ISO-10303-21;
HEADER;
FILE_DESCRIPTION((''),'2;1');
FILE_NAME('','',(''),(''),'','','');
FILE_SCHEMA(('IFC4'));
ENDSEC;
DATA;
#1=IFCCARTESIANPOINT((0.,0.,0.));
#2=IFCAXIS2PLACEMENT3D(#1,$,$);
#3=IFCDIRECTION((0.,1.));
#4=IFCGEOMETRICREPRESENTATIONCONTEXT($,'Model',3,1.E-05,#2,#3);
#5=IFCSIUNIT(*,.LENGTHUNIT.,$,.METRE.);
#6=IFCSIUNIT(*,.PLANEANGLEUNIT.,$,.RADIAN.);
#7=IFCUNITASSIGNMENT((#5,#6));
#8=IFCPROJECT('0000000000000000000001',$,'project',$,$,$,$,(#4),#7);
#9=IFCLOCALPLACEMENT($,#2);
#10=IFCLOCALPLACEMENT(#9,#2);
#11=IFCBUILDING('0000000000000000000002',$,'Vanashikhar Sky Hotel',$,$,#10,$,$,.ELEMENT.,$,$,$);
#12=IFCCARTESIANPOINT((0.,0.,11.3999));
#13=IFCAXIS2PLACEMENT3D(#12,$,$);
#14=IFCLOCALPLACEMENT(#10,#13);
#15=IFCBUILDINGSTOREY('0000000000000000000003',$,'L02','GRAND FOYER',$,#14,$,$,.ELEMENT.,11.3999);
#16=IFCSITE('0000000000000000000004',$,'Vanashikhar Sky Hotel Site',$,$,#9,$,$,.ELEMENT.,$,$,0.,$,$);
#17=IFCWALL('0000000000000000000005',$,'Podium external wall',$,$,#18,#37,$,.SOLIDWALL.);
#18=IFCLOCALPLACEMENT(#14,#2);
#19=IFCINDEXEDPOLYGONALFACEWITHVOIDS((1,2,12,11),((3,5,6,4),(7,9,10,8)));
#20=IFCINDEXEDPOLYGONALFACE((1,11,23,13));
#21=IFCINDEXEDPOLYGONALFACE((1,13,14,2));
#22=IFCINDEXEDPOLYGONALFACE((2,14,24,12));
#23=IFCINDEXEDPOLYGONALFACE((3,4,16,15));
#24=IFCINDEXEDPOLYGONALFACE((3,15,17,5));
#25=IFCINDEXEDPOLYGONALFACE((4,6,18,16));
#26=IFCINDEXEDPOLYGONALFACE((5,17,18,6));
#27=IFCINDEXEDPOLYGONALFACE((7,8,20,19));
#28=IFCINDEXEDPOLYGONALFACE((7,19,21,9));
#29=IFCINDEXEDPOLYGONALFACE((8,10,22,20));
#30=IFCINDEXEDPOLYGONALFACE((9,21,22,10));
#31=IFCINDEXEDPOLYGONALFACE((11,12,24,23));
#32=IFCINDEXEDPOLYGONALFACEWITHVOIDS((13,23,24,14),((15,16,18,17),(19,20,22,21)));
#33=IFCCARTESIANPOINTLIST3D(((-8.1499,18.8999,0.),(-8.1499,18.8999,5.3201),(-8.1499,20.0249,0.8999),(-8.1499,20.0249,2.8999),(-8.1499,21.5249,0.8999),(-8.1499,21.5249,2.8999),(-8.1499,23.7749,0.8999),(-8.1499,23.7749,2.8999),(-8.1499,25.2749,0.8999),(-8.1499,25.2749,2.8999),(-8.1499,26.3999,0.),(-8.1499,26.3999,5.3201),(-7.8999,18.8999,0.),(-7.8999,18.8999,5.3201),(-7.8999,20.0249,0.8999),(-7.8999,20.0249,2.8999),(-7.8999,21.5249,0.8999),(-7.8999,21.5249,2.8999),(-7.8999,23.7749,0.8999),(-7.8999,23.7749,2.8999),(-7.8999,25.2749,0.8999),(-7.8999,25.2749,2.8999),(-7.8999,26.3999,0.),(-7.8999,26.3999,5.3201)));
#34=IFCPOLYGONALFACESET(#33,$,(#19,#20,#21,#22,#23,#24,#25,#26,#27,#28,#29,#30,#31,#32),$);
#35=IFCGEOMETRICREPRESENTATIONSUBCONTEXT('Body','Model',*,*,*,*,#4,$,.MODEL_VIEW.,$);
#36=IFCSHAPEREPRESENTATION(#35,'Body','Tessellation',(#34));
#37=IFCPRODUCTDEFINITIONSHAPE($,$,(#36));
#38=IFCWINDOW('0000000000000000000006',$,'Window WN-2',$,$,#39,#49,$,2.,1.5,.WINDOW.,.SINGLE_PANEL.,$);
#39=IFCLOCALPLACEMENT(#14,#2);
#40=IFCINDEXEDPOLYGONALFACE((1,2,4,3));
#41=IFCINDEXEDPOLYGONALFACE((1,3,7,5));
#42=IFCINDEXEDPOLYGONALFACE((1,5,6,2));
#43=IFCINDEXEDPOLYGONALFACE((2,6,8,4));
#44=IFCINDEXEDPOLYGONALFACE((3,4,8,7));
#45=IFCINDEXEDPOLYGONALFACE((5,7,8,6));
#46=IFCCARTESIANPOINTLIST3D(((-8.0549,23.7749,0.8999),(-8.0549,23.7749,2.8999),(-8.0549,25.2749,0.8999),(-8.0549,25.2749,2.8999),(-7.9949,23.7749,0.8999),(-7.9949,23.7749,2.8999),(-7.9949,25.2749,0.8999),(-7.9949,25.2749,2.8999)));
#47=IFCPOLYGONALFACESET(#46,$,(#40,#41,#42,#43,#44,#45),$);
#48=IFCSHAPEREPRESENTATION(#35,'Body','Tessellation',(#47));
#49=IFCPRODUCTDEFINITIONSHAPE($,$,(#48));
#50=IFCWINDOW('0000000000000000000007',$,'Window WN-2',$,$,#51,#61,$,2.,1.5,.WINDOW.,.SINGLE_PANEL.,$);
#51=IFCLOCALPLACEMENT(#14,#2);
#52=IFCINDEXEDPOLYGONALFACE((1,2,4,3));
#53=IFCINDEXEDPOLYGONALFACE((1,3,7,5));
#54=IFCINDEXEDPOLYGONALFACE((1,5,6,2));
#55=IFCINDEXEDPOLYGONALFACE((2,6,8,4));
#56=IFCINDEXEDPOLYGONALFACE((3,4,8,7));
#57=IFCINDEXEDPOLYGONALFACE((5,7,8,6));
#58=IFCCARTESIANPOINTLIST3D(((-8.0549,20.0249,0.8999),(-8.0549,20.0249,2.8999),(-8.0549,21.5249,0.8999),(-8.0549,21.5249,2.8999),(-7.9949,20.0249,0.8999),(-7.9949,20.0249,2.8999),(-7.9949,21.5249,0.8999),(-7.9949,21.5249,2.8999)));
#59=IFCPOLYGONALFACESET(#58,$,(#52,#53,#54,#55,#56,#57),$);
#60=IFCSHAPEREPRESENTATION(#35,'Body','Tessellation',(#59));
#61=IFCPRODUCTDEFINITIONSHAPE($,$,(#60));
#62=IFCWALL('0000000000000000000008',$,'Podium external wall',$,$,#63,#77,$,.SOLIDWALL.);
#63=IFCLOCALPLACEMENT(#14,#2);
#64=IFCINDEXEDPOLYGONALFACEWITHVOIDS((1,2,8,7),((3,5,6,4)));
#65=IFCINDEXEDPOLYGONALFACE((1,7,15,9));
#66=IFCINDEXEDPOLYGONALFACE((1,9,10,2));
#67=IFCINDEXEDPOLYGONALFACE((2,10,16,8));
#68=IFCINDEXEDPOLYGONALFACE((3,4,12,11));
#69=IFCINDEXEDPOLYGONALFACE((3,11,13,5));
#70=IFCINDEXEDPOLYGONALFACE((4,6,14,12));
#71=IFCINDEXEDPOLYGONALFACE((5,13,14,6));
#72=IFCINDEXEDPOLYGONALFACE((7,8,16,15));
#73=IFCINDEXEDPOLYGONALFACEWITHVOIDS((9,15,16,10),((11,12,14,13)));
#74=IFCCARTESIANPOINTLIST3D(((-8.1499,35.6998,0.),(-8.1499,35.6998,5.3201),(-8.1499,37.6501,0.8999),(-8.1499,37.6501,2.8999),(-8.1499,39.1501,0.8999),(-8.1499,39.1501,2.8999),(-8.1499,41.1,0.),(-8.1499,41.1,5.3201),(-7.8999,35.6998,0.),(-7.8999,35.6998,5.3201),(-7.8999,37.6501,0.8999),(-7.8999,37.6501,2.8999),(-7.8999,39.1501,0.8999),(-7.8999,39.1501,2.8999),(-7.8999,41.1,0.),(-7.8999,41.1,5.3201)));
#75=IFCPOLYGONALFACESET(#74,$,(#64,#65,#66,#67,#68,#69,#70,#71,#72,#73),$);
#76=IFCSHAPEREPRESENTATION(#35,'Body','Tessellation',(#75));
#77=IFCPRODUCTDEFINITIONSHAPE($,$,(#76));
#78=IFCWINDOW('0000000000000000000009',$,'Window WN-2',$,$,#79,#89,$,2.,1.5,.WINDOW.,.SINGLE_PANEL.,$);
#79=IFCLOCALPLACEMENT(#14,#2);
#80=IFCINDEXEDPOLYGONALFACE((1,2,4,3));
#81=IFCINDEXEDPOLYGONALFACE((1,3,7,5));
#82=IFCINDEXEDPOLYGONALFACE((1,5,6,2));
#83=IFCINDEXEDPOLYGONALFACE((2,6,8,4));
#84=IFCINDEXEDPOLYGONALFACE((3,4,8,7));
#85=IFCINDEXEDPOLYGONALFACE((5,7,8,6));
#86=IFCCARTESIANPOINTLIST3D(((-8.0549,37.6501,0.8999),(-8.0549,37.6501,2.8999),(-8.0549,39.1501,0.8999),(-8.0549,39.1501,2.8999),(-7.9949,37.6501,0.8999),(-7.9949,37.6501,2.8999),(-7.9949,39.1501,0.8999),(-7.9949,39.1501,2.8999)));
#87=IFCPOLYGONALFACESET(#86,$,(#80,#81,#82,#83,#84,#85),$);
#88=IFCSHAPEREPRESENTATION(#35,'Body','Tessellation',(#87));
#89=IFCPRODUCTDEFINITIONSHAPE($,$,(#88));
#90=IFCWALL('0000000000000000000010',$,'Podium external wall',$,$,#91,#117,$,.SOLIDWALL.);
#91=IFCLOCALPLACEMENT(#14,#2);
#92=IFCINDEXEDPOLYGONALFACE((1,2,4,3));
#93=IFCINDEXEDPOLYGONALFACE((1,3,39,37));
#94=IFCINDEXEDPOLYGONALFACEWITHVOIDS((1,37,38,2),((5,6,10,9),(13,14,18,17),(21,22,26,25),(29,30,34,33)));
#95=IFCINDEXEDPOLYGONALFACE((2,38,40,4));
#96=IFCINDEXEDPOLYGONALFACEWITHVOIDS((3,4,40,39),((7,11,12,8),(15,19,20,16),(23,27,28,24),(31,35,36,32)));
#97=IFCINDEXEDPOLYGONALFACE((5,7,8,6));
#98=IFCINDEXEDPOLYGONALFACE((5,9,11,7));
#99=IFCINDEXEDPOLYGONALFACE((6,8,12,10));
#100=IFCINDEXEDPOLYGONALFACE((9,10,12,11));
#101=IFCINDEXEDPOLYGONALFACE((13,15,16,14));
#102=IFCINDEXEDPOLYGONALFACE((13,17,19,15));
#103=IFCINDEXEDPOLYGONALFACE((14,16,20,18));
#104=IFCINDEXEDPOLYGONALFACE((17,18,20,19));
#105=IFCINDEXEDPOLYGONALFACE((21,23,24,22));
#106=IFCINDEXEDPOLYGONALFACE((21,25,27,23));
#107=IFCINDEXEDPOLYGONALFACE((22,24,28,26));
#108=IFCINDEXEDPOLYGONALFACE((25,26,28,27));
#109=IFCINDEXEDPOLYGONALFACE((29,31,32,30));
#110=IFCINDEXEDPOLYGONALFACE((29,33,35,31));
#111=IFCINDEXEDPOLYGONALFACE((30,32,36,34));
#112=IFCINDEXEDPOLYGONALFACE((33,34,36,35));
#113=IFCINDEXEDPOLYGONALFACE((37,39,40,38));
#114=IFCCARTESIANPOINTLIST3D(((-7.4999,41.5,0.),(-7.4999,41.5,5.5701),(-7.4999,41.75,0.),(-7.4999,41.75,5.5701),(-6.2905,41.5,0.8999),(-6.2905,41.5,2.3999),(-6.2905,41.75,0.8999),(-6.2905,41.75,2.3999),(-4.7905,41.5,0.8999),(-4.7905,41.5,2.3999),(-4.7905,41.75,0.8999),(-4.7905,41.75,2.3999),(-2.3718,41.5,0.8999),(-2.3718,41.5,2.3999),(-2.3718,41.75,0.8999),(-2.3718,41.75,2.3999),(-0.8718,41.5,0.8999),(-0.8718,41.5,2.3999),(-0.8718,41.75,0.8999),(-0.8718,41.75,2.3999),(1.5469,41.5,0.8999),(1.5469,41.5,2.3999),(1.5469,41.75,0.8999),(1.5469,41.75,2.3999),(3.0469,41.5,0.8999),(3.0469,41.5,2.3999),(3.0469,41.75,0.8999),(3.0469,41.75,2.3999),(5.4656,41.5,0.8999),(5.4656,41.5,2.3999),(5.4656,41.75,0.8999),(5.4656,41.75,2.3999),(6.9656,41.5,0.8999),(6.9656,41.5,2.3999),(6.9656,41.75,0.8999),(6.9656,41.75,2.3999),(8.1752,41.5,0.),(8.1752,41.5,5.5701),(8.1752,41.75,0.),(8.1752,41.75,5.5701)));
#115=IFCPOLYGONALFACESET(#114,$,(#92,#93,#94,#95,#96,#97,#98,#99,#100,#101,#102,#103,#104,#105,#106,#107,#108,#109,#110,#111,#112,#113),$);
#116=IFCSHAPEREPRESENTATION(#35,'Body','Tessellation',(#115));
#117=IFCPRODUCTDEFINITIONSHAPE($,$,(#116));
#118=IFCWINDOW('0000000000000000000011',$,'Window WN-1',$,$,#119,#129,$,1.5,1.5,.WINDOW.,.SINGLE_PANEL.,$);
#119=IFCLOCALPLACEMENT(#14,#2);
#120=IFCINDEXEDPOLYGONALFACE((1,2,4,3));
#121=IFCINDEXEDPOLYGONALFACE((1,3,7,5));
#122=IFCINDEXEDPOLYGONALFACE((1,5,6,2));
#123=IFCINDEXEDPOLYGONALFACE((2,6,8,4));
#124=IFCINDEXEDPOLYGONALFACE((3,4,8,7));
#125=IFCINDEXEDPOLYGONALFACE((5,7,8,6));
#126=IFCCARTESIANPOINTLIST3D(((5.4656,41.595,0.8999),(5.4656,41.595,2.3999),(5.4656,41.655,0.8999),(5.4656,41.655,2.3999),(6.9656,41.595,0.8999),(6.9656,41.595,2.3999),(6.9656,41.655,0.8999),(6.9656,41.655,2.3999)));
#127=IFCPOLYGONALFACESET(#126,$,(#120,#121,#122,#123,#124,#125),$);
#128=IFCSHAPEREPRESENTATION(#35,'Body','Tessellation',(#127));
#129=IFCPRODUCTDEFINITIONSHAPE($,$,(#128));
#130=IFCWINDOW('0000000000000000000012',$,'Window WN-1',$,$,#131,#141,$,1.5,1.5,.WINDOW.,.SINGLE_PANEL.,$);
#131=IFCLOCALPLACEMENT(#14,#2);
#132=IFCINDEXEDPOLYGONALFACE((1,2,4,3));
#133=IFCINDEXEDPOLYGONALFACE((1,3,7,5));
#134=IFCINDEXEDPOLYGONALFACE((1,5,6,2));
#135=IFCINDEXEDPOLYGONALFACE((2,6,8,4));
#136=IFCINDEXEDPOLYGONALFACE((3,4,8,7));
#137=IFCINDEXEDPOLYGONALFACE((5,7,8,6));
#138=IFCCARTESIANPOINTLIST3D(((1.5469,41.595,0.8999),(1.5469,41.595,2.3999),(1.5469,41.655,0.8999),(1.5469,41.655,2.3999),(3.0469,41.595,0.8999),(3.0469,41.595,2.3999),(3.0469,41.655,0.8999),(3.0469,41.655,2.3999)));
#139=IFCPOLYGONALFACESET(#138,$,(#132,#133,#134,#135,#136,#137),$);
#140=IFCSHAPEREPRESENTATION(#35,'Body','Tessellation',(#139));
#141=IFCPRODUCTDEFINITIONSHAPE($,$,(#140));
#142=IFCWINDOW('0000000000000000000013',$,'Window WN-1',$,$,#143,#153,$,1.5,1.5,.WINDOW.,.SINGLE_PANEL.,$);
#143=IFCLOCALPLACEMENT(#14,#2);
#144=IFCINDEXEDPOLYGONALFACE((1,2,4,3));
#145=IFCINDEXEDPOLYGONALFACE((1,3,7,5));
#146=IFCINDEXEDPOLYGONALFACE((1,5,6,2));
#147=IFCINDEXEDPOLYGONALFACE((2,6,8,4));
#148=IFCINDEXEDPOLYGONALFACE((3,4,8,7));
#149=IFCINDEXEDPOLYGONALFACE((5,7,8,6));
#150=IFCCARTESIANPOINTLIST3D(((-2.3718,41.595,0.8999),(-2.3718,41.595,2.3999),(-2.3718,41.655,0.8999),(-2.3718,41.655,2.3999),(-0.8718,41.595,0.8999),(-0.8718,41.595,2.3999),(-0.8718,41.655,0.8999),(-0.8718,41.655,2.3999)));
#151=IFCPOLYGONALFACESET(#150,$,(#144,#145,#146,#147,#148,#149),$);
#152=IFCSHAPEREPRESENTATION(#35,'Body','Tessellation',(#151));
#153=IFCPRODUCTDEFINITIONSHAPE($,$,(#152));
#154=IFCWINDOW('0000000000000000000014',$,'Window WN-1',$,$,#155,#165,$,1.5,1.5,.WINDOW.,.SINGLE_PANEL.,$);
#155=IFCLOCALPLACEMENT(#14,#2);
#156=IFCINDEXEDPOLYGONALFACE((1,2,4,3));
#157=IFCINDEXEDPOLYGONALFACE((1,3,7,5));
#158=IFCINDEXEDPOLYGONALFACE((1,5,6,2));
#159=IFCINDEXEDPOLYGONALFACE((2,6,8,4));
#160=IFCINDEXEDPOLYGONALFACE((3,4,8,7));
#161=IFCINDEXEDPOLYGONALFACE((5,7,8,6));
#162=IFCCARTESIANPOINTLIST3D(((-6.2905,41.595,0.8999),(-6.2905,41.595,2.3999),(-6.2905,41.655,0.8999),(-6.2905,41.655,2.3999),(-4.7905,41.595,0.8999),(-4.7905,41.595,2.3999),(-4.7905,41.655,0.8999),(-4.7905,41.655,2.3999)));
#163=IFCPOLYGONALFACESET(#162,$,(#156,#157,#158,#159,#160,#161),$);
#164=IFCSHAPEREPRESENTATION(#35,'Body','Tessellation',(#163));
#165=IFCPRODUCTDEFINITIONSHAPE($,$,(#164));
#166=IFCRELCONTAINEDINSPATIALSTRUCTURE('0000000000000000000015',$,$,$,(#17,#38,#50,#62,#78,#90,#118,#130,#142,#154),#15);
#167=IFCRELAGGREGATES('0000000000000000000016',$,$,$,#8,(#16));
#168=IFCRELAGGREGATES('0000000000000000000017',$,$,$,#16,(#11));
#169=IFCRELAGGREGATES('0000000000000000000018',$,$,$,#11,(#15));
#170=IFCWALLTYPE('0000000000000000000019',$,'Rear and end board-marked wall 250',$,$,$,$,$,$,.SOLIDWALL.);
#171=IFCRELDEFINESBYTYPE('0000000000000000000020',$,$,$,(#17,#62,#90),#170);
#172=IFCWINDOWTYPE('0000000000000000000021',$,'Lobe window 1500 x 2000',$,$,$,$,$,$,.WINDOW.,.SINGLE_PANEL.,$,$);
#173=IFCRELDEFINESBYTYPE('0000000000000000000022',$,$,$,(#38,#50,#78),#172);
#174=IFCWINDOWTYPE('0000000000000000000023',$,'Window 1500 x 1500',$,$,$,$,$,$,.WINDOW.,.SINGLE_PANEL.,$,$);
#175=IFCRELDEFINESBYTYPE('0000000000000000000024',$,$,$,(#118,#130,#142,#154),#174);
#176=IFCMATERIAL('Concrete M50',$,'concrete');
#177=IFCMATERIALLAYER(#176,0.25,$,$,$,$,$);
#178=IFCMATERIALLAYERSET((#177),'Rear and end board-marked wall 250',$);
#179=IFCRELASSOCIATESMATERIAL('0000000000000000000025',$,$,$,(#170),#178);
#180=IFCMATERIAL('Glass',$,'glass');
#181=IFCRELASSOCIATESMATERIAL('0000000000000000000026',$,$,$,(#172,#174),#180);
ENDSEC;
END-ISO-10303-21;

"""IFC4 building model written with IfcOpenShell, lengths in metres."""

from ifc_helpers import new_model, si_unit, direction, frame, frame_2d, origin, place, context, subcontext, project, spatial, rectangle, extrude, source, transform, mapped, material, layer, layer_set, type_object, element, fill, save


model = new_model("IFC4")

# Units and contexts
model_context = context("Model", 3, precision=1e-05, world=origin(), true_north=direction((0.0, 1.0)))
body_context = subcontext(model_context, "Body", "Model", "MODEL_VIEW")
ifc_project = project(units=[si_unit("LENGTHUNIT", "METRE"), si_unit("PLANEANGLEUNIT", "RADIAN")], contexts=[model_context])

# Site, building, storey
site_placement = place(None, origin())
site = spatial("IfcSite", under=ifc_project, at=site_placement, Name="Vanashikhar Sky Hotel Site", CompositionType="ELEMENT", RefElevation=0.0)
building_placement = place(site_placement, origin())
building = spatial("IfcBuilding", under=site, at=building_placement, Name="Vanashikhar Sky Hotel", CompositionType="ELEMENT")
storey_placement = place(building_placement, frame((0.0, 0.0, 11.3999)))
storey = spatial("IfcBuildingStorey", under=building, at=storey_placement, Name="L02", Description="GRAND FOYER", CompositionType="ELEMENT", Elevation=11.3999)

# Shared definitions
ifc_material_1 = material(Name="Concrete M50", Category="concrete")

# Wall, openings, windows
ifc_layer_1 = layer(ifc_material_1, 0.25)
ifc_layer_set_1 = layer_set([ifc_layer_1], Name="Rear and end board-marked wall 250")
wall_type_1 = type_object("IfcWallType", Name="Rear and end board-marked wall 250", PredefinedType="SOLIDWALL", material=ifc_layer_set_1)
shared_shape_1 = source(origin(), body_context, "Body", "SweptSolid", [
    extrude(rectangle(XDim=7.5, YDim=0.25, at=frame_2d((3.75, 0.0))), origin(), (0.0, 0.0, 1.0), 5.3201),
])
shared_shape_2 = source(origin(), body_context, "Body", "SweptSolid", [
    extrude(rectangle(XDim=1.5, YDim=2.0, at=frame_2d((0.75, 1.0))), frame((0.0, 0.135, 0.0), z_axis=(0.0, -1.0, 0.0), x_axis=(1.0, 0.0, 0.0)), (0.0, 0.0, 1.0), 0.27),
])
ifc_material_2 = material(Name="Glass", Category="glass")
window_type_1 = type_object("IfcWindowType", Name="Lobe window 1500 x 2000", PartitioningType="SINGLE_PANEL", PredefinedType="WINDOW", material=ifc_material_2)
shared_shape_3 = source(origin(), body_context, "Body", "SweptSolid", [
    extrude(rectangle(XDim=1.5, YDim=2.0, at=frame_2d((0.75, 1.0))), frame((0.0, 0.03, 0.0), z_axis=(0.0, -1.0, 0.0), x_axis=(1.0, 0.0, 0.0)), (0.0, 0.0, 1.0), 0.0601),
])
wall_1_placement = place(storey_placement, frame((-8.0249, 26.3999, 0.0), z_axis=(0.0, 0.0, 1.0), x_axis=(0.0, -1.0, 0.0)))
wall_1 = element("IfcWall", 1, at=wall_1_placement, inside=storey, type_object=wall_type_1, Name="Podium external wall", PredefinedType="SOLIDWALL", context=body_context, shape_type="MappedRepresentation", body=[
    mapped(shared_shape_1, transform((0.0, 0.0, 0.0), scale=1.0)),
])
opening_1_placement = place(wall_1_placement, frame((1.125, 0.0, 0.8999)))
opening_1 = element("IfcOpeningElement", 2, at=opening_1_placement, cuts=wall_1, PredefinedType="OPENING", context=body_context, shape_type="MappedRepresentation", body=[
    mapped(shared_shape_2, transform((0.0, 0.0, 0.0), scale=1.0)),
])
opening_2_placement = place(wall_1_placement, frame((4.875, 0.0, 0.8999)))
opening_2 = element("IfcOpeningElement", 3, at=opening_2_placement, cuts=wall_1, PredefinedType="OPENING", context=body_context, shape_type="MappedRepresentation", body=[
    mapped(shared_shape_2, transform((0.0, 0.0, 0.0), scale=1.0)),
])
window_1_placement = place(opening_1_placement, origin())
window_1 = element("IfcWindow", 4, at=window_1_placement, inside=storey, type_object=window_type_1, Name="Window WN-2", OverallHeight=2.0, OverallWidth=1.5, PartitioningType="SINGLE_PANEL", PredefinedType="WINDOW", context=body_context, shape_type="MappedRepresentation", body=[
    mapped(shared_shape_3, transform((0.0, 0.0, 0.0), scale=1.0)),
])
fill(opening_1, window_1)
window_2_placement = place(opening_2_placement, origin())
window_2 = element("IfcWindow", 5, at=window_2_placement, inside=storey, type_object=window_type_1, Name="Window WN-2", OverallHeight=2.0, OverallWidth=1.5, PartitioningType="SINGLE_PANEL", PredefinedType="WINDOW", context=body_context, shape_type="MappedRepresentation", body=[
    mapped(shared_shape_3, transform((0.0, 0.0, 0.0), scale=1.0)),
])
fill(opening_2, window_2)

# Wall, opening, window
shared_shape_4 = source(origin(), body_context, "Body", "SweptSolid", [
    extrude(rectangle(XDim=5.4001, YDim=0.25, at=frame_2d((2.7002, 0.0))), origin(), (0.0, 0.0, 1.0), 5.3201),
])
wall_2_placement = place(storey_placement, frame((-8.0249, 41.1001, 0.0), z_axis=(0.0, 0.0, 1.0), x_axis=(0.0, -1.0, 0.0)))
wall_2 = element("IfcWall", 6, at=wall_2_placement, inside=storey, type_object=wall_type_1, Name="Podium external wall", PredefinedType="SOLIDWALL", context=body_context, shape_type="MappedRepresentation", body=[
    mapped(shared_shape_4, transform((0.0, 0.0, 0.0), scale=1.0)),
])
opening_3_placement = place(wall_2_placement, frame((1.95, 0.0, 0.8999)))
opening_3 = element("IfcOpeningElement", 7, at=opening_3_placement, cuts=wall_2, PredefinedType="OPENING", context=body_context, shape_type="MappedRepresentation", body=[
    mapped(shared_shape_2, transform((0.0, 0.0, 0.0), scale=1.0)),
])
window_3_placement = place(opening_3_placement, origin())
window_3 = element("IfcWindow", 8, at=window_3_placement, inside=storey, type_object=window_type_1, Name="Window WN-2", OverallHeight=2.0, OverallWidth=1.5, PartitioningType="SINGLE_PANEL", PredefinedType="WINDOW", context=body_context, shape_type="MappedRepresentation", body=[
    mapped(shared_shape_3, transform((0.0, 0.0, 0.0), scale=1.0)),
])
fill(opening_3, window_3)

# Wall, openings, windows
shared_shape_5 = source(origin(), body_context, "Body", "SweptSolid", [
    extrude(rectangle(XDim=15.675, YDim=0.25, at=frame_2d((7.8374, 0.0))), origin(), (0.0, 0.0, 1.0), 5.5701),
])
wall_3_placement = place(storey_placement, frame((8.175, 41.625, 0.0), z_axis=(0.0, 0.0, 1.0), x_axis=(-1.0, 0.0, 0.0)))
wall_3 = element("IfcWall", 9, at=wall_3_placement, inside=storey, type_object=wall_type_1, Name="Podium external wall", PredefinedType="SOLIDWALL", context=body_context, shape_type="MappedRepresentation", body=[
    mapped(shared_shape_5, transform((0.0, 0.0, 0.0), scale=1.0)),
])
shared_shape_6 = source(origin(), body_context, "Body", "SweptSolid", [
    extrude(rectangle(XDim=1.5, YDim=1.5, at=frame_2d((0.75, 0.75))), frame((0.0, 0.135, 0.0), z_axis=(0.0, -1.0, 0.0), x_axis=(1.0, 0.0, 0.0)), (0.0, 0.0, 1.0), 0.27),
])
opening_4_placement = place(wall_3_placement, frame((1.2095, 0.0, 0.8999)))
opening_4 = element("IfcOpeningElement", 10, at=opening_4_placement, cuts=wall_3, PredefinedType="OPENING", context=body_context, shape_type="MappedRepresentation", body=[
    mapped(shared_shape_6, transform((0.0, 0.0, 0.0), scale=1.0)),
])
opening_5_placement = place(wall_3_placement, frame((5.1282, 0.0, 0.8999)))
opening_5 = element("IfcOpeningElement", 11, at=opening_5_placement, cuts=wall_3, PredefinedType="OPENING", context=body_context, shape_type="MappedRepresentation", body=[
    mapped(shared_shape_6, transform((0.0, 0.0, 0.0), scale=1.0)),
])
opening_6_placement = place(wall_3_placement, frame((9.0469, 0.0, 0.8999)))
opening_6 = element("IfcOpeningElement", 12, at=opening_6_placement, cuts=wall_3, PredefinedType="OPENING", context=body_context, shape_type="MappedRepresentation", body=[
    mapped(shared_shape_6, transform((0.0, 0.0, 0.0), scale=1.0)),
])
opening_7_placement = place(wall_3_placement, frame((12.9656, 0.0, 0.8999)))
opening_7 = element("IfcOpeningElement", 13, at=opening_7_placement, cuts=wall_3, PredefinedType="OPENING", context=body_context, shape_type="MappedRepresentation", body=[
    mapped(shared_shape_6, transform((0.0, 0.0, 0.0), scale=1.0)),
])
window_type_2 = type_object("IfcWindowType", Name="Window 1500 x 1500", PartitioningType="SINGLE_PANEL", PredefinedType="WINDOW", material=ifc_material_2)
shared_shape_7 = source(origin(), body_context, "Body", "SweptSolid", [
    extrude(rectangle(XDim=1.5, YDim=1.5, at=frame_2d((0.75, 0.75))), frame((0.0, 0.03, 0.0), z_axis=(0.0, -1.0, 0.0), x_axis=(1.0, 0.0, 0.0)), (0.0, 0.0, 1.0), 0.0601),
])
window_4_placement = place(opening_4_placement, origin())
window_4 = element("IfcWindow", 14, at=window_4_placement, inside=storey, type_object=window_type_2, Name="Window WN-1", OverallHeight=1.5, OverallWidth=1.5, PartitioningType="SINGLE_PANEL", PredefinedType="WINDOW", context=body_context, shape_type="MappedRepresentation", body=[
    mapped(shared_shape_7, transform((0.0, 0.0, 0.0), scale=1.0)),
])
fill(opening_4, window_4)
window_5_placement = place(opening_5_placement, origin())
window_5 = element("IfcWindow", 15, at=window_5_placement, inside=storey, type_object=window_type_2, Name="Window WN-1", OverallHeight=1.5, OverallWidth=1.5, PartitioningType="SINGLE_PANEL", PredefinedType="WINDOW", context=body_context, shape_type="MappedRepresentation", body=[
    mapped(shared_shape_7, transform((0.0, 0.0, 0.0), scale=1.0)),
])
fill(opening_5, window_5)
window_6_placement = place(opening_6_placement, origin())
window_6 = element("IfcWindow", 16, at=window_6_placement, inside=storey, type_object=window_type_2, Name="Window WN-1", OverallHeight=1.5, OverallWidth=1.5, PartitioningType="SINGLE_PANEL", PredefinedType="WINDOW", context=body_context, shape_type="MappedRepresentation", body=[
    mapped(shared_shape_7, transform((0.0, 0.0, 0.0), scale=1.0)),
])
fill(opening_6, window_6)
window_7_placement = place(opening_7_placement, origin())
window_7 = element("IfcWindow", 17, at=window_7_placement, inside=storey, type_object=window_type_2, Name="Window WN-1", OverallHeight=1.5, OverallWidth=1.5, PartitioningType="SINGLE_PANEL", PredefinedType="WINDOW", context=body_context, shape_type="MappedRepresentation", body=[
    mapped(shared_shape_7, transform((0.0, 0.0, 0.0), scale=1.0)),
])
fill(opening_7, window_7)

save(model, "model.ifc")
